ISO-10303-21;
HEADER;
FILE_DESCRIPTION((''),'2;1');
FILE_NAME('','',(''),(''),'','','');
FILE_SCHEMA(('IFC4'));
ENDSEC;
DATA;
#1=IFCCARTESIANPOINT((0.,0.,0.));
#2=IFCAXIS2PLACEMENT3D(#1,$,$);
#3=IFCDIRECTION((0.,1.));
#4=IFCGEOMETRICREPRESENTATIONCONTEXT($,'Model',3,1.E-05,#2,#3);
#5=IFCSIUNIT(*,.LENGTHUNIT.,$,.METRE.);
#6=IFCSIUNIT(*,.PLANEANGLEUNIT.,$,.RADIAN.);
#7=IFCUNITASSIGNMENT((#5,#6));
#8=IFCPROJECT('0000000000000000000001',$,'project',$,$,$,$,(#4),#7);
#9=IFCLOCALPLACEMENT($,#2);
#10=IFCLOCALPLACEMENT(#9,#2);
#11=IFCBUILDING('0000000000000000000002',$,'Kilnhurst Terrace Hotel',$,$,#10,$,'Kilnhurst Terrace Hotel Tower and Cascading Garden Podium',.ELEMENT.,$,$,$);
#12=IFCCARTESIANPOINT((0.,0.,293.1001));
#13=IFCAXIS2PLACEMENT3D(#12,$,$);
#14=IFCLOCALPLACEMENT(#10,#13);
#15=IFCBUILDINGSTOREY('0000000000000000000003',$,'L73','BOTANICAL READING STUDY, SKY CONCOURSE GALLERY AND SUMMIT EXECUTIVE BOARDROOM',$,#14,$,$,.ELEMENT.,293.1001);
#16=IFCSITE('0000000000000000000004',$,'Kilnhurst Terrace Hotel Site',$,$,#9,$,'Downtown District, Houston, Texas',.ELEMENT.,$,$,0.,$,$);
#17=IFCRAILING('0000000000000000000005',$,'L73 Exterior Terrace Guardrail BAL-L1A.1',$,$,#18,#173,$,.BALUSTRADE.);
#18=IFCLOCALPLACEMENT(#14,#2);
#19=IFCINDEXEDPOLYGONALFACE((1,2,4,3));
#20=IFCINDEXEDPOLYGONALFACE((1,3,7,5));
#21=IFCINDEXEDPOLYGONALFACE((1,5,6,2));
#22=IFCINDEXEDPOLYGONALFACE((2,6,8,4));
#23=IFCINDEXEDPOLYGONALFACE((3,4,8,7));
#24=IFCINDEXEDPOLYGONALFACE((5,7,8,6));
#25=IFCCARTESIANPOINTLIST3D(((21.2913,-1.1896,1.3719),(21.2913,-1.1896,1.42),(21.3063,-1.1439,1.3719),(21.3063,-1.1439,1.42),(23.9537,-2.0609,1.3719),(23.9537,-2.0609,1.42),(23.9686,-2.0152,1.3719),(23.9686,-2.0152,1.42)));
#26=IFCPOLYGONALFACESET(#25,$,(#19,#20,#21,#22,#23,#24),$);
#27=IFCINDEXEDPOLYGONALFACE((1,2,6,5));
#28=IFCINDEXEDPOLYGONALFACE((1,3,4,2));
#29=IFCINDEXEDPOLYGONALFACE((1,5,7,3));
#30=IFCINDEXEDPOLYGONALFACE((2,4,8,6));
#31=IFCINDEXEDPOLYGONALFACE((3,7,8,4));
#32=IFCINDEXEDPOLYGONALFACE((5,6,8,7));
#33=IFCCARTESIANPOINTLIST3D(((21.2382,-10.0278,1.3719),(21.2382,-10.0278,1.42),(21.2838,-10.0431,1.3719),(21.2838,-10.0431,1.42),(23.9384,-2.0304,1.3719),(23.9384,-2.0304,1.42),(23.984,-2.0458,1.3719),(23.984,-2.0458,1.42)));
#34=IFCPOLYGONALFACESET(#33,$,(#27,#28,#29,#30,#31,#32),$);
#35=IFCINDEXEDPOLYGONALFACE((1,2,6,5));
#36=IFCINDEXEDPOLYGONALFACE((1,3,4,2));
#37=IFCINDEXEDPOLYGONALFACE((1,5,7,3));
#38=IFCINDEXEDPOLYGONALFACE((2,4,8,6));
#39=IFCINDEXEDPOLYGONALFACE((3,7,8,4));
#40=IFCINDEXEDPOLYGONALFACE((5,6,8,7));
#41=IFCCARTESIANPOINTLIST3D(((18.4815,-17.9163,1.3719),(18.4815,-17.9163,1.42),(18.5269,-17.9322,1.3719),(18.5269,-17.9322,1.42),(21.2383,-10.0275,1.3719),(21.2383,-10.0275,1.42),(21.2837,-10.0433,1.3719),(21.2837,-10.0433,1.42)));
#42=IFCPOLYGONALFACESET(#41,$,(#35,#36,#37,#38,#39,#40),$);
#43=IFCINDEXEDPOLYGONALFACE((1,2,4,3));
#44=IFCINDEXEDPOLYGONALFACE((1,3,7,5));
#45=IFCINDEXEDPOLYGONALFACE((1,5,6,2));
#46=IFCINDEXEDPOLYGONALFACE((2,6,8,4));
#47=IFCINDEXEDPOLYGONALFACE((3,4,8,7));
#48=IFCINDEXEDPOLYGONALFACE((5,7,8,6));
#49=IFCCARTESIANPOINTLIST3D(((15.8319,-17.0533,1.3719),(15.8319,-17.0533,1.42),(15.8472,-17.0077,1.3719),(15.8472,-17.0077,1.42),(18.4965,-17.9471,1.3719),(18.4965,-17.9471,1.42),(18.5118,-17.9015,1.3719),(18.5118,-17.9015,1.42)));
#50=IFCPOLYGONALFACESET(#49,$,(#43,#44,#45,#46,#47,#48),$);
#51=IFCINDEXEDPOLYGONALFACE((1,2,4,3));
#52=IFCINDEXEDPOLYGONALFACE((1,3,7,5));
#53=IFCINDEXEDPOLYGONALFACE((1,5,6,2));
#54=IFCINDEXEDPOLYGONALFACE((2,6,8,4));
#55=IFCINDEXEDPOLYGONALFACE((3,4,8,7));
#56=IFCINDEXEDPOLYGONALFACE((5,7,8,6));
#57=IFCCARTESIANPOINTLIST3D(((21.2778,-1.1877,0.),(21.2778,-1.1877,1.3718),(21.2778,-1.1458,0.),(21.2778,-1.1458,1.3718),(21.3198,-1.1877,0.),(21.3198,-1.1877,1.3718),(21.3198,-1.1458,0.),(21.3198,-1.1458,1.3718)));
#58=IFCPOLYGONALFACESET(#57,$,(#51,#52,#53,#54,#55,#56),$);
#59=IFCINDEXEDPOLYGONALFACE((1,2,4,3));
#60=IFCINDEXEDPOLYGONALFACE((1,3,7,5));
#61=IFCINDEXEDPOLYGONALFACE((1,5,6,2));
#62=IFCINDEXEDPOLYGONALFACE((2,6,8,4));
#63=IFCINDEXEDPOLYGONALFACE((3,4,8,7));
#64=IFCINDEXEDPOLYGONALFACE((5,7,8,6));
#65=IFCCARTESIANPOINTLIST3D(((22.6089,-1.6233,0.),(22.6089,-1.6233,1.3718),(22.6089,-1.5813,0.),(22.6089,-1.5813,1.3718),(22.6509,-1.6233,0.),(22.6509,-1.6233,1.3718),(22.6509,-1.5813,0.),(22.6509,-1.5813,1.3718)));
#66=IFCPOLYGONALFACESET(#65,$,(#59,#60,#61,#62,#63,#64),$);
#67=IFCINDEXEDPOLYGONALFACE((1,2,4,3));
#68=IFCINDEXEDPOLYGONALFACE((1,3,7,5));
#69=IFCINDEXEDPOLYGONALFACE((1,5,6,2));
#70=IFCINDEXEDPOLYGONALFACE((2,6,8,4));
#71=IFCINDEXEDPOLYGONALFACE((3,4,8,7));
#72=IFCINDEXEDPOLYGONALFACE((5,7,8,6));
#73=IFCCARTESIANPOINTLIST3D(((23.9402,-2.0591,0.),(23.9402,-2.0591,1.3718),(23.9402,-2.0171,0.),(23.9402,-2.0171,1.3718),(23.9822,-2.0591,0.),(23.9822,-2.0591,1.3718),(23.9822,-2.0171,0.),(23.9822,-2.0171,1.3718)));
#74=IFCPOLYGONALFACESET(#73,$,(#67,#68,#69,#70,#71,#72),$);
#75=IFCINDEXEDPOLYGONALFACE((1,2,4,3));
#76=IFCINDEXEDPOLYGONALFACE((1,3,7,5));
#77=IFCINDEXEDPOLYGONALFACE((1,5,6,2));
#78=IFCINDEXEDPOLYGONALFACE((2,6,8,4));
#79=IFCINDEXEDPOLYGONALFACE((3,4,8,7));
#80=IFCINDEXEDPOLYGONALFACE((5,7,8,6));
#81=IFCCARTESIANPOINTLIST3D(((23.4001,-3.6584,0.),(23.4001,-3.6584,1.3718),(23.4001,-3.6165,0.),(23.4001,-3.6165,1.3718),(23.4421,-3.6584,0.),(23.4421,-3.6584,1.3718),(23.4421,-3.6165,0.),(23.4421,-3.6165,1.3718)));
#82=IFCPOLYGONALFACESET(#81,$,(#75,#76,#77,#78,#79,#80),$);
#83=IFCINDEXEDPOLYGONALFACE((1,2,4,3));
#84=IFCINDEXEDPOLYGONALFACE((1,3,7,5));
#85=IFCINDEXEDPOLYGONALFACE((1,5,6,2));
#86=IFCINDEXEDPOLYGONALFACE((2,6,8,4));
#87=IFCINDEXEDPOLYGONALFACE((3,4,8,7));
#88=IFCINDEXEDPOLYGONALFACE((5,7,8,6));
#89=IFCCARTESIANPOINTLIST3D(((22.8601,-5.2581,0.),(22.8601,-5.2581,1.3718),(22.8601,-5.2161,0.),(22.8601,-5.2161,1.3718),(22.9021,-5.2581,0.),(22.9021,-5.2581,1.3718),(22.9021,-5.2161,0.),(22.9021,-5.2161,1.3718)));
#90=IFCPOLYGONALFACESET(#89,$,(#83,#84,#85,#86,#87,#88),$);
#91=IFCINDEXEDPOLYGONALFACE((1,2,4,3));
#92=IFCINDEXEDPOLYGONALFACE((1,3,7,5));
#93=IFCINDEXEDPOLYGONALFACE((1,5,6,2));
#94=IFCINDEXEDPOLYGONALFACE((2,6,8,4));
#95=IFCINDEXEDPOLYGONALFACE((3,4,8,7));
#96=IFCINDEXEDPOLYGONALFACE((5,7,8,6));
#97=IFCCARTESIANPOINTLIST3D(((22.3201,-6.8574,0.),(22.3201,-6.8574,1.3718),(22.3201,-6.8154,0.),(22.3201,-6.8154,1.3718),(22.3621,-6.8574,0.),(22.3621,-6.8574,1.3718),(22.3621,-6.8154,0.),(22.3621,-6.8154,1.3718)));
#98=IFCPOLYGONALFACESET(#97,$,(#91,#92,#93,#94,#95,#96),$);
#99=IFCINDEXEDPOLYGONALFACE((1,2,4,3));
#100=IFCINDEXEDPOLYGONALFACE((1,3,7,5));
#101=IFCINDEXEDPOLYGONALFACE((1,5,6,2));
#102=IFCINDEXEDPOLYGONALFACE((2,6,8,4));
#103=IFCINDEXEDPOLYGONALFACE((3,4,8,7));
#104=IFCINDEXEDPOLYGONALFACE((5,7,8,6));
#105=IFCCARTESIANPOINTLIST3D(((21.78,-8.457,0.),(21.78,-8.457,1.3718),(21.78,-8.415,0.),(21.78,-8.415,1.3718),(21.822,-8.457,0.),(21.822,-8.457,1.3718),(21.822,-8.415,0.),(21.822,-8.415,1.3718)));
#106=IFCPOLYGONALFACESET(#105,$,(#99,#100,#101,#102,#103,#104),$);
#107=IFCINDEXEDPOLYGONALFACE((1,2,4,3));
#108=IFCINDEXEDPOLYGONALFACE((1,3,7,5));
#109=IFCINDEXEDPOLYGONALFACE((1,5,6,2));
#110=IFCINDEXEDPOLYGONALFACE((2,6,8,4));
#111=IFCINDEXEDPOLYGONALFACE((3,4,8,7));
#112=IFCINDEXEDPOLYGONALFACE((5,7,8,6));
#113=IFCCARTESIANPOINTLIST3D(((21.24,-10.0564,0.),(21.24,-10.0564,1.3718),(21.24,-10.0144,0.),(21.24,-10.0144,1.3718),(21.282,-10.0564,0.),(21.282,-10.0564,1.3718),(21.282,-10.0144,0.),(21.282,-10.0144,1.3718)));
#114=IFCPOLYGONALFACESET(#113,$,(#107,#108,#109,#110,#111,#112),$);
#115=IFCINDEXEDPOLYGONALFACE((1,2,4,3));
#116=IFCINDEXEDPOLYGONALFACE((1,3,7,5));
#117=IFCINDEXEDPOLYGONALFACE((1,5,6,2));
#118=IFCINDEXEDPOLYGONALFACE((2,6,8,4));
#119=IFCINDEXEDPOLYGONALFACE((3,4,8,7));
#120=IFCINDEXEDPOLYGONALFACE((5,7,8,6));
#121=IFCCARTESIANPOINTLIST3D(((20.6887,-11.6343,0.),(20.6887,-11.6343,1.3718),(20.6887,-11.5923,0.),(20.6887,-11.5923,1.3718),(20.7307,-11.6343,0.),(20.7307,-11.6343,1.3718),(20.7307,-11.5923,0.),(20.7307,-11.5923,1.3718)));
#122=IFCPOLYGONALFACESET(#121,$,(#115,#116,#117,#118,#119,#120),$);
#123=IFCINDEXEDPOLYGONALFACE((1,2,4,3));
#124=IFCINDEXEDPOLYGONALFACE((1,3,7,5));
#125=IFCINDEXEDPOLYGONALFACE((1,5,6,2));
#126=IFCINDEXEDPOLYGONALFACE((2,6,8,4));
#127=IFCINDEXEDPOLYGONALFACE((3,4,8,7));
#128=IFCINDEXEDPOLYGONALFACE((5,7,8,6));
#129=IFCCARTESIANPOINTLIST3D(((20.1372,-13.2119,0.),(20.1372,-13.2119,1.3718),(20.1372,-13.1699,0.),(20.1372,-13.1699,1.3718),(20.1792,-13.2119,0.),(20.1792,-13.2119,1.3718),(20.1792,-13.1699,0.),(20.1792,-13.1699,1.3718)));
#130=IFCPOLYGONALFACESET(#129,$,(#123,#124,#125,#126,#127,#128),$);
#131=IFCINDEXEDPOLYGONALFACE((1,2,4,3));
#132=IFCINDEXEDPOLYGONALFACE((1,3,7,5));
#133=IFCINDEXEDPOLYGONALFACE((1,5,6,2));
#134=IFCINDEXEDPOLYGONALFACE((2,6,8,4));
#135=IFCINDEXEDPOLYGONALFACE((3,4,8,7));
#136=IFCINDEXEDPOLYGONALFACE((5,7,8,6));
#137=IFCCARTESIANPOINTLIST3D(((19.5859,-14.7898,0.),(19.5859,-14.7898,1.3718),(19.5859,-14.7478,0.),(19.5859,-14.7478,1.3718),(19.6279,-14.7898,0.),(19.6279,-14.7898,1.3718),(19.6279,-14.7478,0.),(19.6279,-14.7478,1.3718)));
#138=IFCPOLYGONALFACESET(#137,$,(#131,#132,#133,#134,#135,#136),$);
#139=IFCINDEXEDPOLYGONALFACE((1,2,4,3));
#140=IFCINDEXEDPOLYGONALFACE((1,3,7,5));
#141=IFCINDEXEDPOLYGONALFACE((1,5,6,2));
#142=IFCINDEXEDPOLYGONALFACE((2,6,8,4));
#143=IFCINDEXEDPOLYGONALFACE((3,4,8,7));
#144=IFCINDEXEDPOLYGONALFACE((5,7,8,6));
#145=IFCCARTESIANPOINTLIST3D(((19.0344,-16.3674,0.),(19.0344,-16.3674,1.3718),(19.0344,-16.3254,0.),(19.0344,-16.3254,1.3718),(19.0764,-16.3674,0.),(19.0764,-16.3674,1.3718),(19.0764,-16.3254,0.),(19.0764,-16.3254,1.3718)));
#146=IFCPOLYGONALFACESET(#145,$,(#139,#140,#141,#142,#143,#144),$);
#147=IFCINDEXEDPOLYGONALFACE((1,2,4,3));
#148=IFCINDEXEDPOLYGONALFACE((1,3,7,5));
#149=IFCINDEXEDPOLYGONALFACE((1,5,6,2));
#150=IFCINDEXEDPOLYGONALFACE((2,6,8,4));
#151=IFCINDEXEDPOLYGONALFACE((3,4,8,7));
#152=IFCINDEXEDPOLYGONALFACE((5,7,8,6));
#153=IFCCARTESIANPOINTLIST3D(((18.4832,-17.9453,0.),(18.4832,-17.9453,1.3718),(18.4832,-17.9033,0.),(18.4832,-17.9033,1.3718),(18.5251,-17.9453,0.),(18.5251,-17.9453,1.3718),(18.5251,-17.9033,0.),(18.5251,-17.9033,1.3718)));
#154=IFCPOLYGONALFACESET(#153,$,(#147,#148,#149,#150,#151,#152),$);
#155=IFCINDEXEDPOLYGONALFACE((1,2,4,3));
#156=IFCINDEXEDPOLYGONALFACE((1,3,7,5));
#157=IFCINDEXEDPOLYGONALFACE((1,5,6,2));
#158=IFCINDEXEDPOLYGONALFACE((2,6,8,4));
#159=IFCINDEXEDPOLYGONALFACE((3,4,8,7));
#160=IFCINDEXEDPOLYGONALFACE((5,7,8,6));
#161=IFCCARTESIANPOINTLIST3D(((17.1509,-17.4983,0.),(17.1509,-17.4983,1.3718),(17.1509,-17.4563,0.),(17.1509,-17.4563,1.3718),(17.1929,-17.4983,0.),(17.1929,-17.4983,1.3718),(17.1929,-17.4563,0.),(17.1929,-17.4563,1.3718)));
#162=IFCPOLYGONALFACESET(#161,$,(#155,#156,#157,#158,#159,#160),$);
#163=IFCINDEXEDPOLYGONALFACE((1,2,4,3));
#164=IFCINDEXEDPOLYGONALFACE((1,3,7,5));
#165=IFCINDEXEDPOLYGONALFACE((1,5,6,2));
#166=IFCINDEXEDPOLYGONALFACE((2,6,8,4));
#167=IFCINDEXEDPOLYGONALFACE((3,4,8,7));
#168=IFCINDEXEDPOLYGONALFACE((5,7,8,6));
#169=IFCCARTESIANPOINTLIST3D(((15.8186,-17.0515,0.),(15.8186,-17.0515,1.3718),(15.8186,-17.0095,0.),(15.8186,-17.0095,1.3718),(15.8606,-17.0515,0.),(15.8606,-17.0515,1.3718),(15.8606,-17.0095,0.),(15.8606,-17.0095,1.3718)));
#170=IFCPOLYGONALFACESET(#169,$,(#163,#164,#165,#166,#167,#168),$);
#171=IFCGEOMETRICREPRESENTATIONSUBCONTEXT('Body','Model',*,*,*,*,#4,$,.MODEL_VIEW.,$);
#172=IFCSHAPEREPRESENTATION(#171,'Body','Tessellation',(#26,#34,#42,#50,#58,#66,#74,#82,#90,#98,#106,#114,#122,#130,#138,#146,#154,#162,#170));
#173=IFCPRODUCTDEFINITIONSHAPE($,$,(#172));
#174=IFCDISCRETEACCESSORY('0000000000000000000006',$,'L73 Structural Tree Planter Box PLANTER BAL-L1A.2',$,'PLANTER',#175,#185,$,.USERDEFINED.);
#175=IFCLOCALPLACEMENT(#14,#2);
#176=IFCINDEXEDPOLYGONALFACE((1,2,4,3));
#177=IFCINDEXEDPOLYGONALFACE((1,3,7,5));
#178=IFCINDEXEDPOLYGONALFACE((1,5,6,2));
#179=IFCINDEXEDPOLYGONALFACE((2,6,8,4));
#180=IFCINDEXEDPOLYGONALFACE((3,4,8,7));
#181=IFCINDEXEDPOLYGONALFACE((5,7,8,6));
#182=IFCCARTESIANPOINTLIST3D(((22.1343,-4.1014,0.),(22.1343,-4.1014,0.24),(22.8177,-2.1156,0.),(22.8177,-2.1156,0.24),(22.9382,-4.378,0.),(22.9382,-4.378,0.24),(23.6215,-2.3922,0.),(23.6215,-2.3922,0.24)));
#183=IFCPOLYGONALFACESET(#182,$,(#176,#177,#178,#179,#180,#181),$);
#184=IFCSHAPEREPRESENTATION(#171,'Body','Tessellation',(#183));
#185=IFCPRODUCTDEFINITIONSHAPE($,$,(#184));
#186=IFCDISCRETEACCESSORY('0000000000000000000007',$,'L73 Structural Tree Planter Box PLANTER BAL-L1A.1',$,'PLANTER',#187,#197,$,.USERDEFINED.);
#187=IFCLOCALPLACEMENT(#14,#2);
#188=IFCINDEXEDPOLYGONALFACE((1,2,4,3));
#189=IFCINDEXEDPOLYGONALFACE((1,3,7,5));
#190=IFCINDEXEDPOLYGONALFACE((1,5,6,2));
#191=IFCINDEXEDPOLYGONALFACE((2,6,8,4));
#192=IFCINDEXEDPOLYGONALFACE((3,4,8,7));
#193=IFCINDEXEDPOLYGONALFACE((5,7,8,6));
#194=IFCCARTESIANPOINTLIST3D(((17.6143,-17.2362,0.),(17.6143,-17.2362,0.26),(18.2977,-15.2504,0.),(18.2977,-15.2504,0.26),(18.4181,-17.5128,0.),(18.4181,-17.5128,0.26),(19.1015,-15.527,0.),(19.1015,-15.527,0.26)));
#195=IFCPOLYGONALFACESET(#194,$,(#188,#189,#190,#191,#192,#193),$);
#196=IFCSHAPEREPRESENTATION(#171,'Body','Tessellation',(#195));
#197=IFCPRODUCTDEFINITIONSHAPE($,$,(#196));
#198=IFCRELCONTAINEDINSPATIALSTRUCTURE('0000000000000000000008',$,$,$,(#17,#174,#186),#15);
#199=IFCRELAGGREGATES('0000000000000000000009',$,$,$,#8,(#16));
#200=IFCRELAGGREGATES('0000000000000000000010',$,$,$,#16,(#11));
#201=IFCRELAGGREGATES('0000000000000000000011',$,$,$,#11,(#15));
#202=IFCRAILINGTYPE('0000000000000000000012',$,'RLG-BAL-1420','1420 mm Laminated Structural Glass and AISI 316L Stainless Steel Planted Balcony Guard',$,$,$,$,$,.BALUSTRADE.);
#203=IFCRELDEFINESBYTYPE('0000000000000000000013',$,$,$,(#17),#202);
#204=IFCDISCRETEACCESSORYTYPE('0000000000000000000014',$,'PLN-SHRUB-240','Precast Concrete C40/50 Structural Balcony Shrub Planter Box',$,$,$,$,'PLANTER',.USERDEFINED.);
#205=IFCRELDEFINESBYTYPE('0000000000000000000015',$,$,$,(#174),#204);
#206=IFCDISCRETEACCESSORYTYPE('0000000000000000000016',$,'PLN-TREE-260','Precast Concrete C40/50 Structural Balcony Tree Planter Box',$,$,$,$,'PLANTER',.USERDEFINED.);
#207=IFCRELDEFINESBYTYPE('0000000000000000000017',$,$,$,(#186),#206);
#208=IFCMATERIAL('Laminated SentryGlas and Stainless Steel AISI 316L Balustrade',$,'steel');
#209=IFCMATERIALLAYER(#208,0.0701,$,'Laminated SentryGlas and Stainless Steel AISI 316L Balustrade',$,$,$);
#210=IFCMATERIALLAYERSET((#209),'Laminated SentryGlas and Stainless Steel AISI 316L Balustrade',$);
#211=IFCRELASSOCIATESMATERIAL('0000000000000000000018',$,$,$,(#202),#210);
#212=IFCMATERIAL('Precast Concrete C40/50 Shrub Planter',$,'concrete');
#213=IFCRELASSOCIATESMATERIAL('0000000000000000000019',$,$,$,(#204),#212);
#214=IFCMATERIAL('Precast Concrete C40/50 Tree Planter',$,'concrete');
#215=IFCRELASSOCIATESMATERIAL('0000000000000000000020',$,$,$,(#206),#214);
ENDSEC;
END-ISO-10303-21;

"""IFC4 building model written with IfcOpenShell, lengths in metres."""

from ifc_helpers import new_model, si_unit, direction, frame, origin, origin_2d, place, context, subcontext, project, spatial, rectangle, extrude, material, layer, layer_set, type_object, element, save


model = new_model("IFC4")

# Units and contexts
model_context = context("Model", 3, precision=1e-05, world=origin(), true_north=direction((0.0, 1.0)))
body_context = subcontext(model_context, "Body", "Model", "MODEL_VIEW")
ifc_project = project(units=[si_unit("LENGTHUNIT", "METRE"), si_unit("PLANEANGLEUNIT", "RADIAN")], contexts=[model_context])

# Site, building, storey
site_placement = place(None, origin())
site = spatial("IfcSite", under=ifc_project, at=site_placement, Name="Kilnhurst Terrace Hotel Site", LongName="Downtown District, Houston, Texas", CompositionType="ELEMENT", RefElevation=0.0)
building_placement = place(site_placement, origin())
building = spatial("IfcBuilding", under=site, at=building_placement, Name="Kilnhurst Terrace Hotel", LongName="Kilnhurst Terrace Hotel Tower and Cascading Garden Podium", CompositionType="ELEMENT")
storey_placement = place(building_placement, frame((0.0, 0.0, 293.1001)))
storey = spatial("IfcBuildingStorey", under=building, at=storey_placement, Name="L73", Description="BOTANICAL READING STUDY, SKY CONCOURSE GALLERY AND SUMMIT EXECUTIVE BOARDROOM", CompositionType="ELEMENT", Elevation=293.1001)

# Railing
ifc_material_1 = material(Name="Laminated SentryGlas and Stainless Steel AISI 316L Balustrade", Category="steel")
ifc_layer_1 = layer(ifc_material_1, 0.0701, Name="Laminated SentryGlas and Stainless Steel AISI 316L Balustrade")
ifc_layer_set_1 = layer_set([ifc_layer_1], Name="Laminated SentryGlas and Stainless Steel AISI 316L Balustrade")
railing_type = type_object("IfcRailingType", Name="RLG-BAL-1420", Description="1420 mm Laminated Structural Glass and AISI 316L Stainless Steel Planted Balcony Guard", PredefinedType="BALUSTRADE", material=ifc_layer_set_1)
railing_placement = place(storey_placement, frame((21.2988, -1.1667, 0.0)))
element("IfcRailing", 1, at=railing_placement, inside=storey, type_object=railing_type, Name="L73 Exterior Terrace Guardrail BAL-L1A.1", PredefinedType="BALUSTRADE", context=body_context, shape_type="SweptSolid", body=[
    extrude(rectangle(XDim=0.0481, YDim=0.0481, at=origin_2d()), frame((0.0, 0.0, 1.396), z_axis=(0.950395, -0.311046, 0.0), x_axis=(0.311046, 0.950395, 0.0)), (0.0, 0.0, 1.0), 2.8013),
    extrude(rectangle(XDim=0.0481, YDim=0.0481, at=origin_2d()), frame((2.6624, -0.8713, 1.396), z_axis=(-0.319896, -0.947453, 0.0), x_axis=(0.947453, -0.319896, 0.0)), (0.0, 0.0, 1.0), 8.4409),
    extrude(rectangle(XDim=0.0481, YDim=0.0481, at=origin_2d()), frame((-0.0378, -8.8687, 1.396), z_axis=(-0.329894, -0.944018, 0.0), x_axis=(0.944018, -0.329894, 0.0)), (0.0, 0.0, 1.0), 8.3567),
    extrude(rectangle(XDim=0.0481, YDim=0.0481, at=origin_2d()), frame((-2.7947, -16.7576, 1.396), z_axis=(-0.948082, 0.318025, 0.0), x_axis=(-0.318025, -0.948082, 0.0)), (0.0, 0.0, 1.0), 2.8105),
    extrude(rectangle(XDim=0.042, YDim=0.042, at=origin_2d()), origin(), (0.0, 0.0, 1.0), 1.3718),
    extrude(rectangle(XDim=0.042, YDim=0.042, at=origin_2d()), frame((1.3311, -0.4355, 0.0)), (0.0, 0.0, 1.0), 1.3718),
    extrude(rectangle(XDim=0.042, YDim=0.042, at=origin_2d()), frame((2.6624, -0.8713, 0.0)), (0.0, 0.0, 1.0), 1.3718),
    extrude(rectangle(XDim=0.042, YDim=0.042, at=origin_2d()), frame((2.1223, -2.4707, 0.0)), (0.0, 0.0, 1.0), 1.3718),
    extrude(rectangle(XDim=0.042, YDim=0.042, at=origin_2d()), frame((1.5823, -4.0703, 0.0)), (0.0, 0.0, 1.0), 1.3718),
    extrude(rectangle(XDim=0.042, YDim=0.042, at=origin_2d()), frame((1.0422, -5.6697, 0.0)), (0.0, 0.0, 1.0), 1.3718),
    extrude(rectangle(XDim=0.042, YDim=0.042, at=origin_2d()), frame((0.5022, -7.2693, 0.0)), (0.0, 0.0, 1.0), 1.3718),
    extrude(rectangle(XDim=0.042, YDim=0.042, at=origin_2d()), frame((-0.0378, -8.8687, 0.0)), (0.0, 0.0, 1.0), 1.3718),
    extrude(rectangle(XDim=0.042, YDim=0.042, at=origin_2d()), frame((-0.5891, -10.4465, 0.0)), (0.0, 0.0, 1.0), 1.3718),
    extrude(rectangle(XDim=0.042, YDim=0.042, at=origin_2d()), frame((-1.1406, -12.0242, 0.0)), (0.0, 0.0, 1.0), 1.3718),
    extrude(rectangle(XDim=0.042, YDim=0.042, at=origin_2d()), frame((-1.6919, -13.6021, 0.0)), (0.0, 0.0, 1.0), 1.3718),
    extrude(rectangle(XDim=0.042, YDim=0.042, at=origin_2d()), frame((-2.2434, -15.1797, 0.0)), (0.0, 0.0, 1.0), 1.3718),
    extrude(rectangle(XDim=0.042, YDim=0.042, at=origin_2d()), frame((-2.7947, -16.7576, 0.0)), (0.0, 0.0, 1.0), 1.3718),
    extrude(rectangle(XDim=0.042, YDim=0.042, at=origin_2d()), frame((-4.127, -16.3105, 0.0)), (0.0, 0.0, 1.0), 1.3718),
    extrude(rectangle(XDim=0.042, YDim=0.042, at=origin_2d()), frame((-5.4592, -15.8638, 0.0)), (0.0, 0.0, 1.0), 1.3718),
])

# Discrete accessories
ifc_material_2 = material(Name="Precast Concrete C40/50 Shrub Planter", Category="concrete")
discrete_accessory_type_1 = type_object("IfcDiscreteAccessoryType", Name="PLN-SHRUB-240", Description="Precast Concrete C40/50 Structural Balcony Shrub Planter Box", ElementType="PLANTER", PredefinedType="USERDEFINED", material=ifc_material_2)
discrete_accessory_1_placement = place(storey_placement, frame((22.8779, -3.2468, 0.0), z_axis=(0.0, 0.0, 1.0), x_axis=(0.325403, 0.945575, 0.0)))
element("IfcDiscreteAccessory", 2, at=discrete_accessory_1_placement, inside=storey, type_object=discrete_accessory_type_1, Name="L73 Structural Tree Planter Box PLANTER BAL-L1A.2", ObjectType="PLANTER", PredefinedType="USERDEFINED", context=body_context, shape_type="SweptSolid", body=[
    extrude(rectangle(XDim=2.1001, YDim=0.8501, at=origin_2d()), origin(), (0.0, 0.0, 1.0), 0.24),
])
ifc_material_3 = material(Name="Precast Concrete C40/50 Tree Planter", Category="concrete")
discrete_accessory_type_2 = type_object("IfcDiscreteAccessoryType", Name="PLN-TREE-260", Description="Precast Concrete C40/50 Structural Balcony Tree Planter Box", ElementType="PLANTER", PredefinedType="USERDEFINED", material=ifc_material_3)
discrete_accessory_2_placement = place(storey_placement, frame((18.3579, -16.3816, 0.0), z_axis=(0.0, 0.0, 1.0), x_axis=(0.325403, 0.945575, 0.0)))
element("IfcDiscreteAccessory", 3, at=discrete_accessory_2_placement, inside=storey, type_object=discrete_accessory_type_2, Name="L73 Structural Tree Planter Box PLANTER BAL-L1A.1", ObjectType="PLANTER", PredefinedType="USERDEFINED", context=body_context, shape_type="SweptSolid", body=[
    extrude(rectangle(XDim=2.1001, YDim=0.8501, at=origin_2d()), origin(), (0.0, 0.0, 1.0), 0.26),
])

save(model, "model.ifc")
